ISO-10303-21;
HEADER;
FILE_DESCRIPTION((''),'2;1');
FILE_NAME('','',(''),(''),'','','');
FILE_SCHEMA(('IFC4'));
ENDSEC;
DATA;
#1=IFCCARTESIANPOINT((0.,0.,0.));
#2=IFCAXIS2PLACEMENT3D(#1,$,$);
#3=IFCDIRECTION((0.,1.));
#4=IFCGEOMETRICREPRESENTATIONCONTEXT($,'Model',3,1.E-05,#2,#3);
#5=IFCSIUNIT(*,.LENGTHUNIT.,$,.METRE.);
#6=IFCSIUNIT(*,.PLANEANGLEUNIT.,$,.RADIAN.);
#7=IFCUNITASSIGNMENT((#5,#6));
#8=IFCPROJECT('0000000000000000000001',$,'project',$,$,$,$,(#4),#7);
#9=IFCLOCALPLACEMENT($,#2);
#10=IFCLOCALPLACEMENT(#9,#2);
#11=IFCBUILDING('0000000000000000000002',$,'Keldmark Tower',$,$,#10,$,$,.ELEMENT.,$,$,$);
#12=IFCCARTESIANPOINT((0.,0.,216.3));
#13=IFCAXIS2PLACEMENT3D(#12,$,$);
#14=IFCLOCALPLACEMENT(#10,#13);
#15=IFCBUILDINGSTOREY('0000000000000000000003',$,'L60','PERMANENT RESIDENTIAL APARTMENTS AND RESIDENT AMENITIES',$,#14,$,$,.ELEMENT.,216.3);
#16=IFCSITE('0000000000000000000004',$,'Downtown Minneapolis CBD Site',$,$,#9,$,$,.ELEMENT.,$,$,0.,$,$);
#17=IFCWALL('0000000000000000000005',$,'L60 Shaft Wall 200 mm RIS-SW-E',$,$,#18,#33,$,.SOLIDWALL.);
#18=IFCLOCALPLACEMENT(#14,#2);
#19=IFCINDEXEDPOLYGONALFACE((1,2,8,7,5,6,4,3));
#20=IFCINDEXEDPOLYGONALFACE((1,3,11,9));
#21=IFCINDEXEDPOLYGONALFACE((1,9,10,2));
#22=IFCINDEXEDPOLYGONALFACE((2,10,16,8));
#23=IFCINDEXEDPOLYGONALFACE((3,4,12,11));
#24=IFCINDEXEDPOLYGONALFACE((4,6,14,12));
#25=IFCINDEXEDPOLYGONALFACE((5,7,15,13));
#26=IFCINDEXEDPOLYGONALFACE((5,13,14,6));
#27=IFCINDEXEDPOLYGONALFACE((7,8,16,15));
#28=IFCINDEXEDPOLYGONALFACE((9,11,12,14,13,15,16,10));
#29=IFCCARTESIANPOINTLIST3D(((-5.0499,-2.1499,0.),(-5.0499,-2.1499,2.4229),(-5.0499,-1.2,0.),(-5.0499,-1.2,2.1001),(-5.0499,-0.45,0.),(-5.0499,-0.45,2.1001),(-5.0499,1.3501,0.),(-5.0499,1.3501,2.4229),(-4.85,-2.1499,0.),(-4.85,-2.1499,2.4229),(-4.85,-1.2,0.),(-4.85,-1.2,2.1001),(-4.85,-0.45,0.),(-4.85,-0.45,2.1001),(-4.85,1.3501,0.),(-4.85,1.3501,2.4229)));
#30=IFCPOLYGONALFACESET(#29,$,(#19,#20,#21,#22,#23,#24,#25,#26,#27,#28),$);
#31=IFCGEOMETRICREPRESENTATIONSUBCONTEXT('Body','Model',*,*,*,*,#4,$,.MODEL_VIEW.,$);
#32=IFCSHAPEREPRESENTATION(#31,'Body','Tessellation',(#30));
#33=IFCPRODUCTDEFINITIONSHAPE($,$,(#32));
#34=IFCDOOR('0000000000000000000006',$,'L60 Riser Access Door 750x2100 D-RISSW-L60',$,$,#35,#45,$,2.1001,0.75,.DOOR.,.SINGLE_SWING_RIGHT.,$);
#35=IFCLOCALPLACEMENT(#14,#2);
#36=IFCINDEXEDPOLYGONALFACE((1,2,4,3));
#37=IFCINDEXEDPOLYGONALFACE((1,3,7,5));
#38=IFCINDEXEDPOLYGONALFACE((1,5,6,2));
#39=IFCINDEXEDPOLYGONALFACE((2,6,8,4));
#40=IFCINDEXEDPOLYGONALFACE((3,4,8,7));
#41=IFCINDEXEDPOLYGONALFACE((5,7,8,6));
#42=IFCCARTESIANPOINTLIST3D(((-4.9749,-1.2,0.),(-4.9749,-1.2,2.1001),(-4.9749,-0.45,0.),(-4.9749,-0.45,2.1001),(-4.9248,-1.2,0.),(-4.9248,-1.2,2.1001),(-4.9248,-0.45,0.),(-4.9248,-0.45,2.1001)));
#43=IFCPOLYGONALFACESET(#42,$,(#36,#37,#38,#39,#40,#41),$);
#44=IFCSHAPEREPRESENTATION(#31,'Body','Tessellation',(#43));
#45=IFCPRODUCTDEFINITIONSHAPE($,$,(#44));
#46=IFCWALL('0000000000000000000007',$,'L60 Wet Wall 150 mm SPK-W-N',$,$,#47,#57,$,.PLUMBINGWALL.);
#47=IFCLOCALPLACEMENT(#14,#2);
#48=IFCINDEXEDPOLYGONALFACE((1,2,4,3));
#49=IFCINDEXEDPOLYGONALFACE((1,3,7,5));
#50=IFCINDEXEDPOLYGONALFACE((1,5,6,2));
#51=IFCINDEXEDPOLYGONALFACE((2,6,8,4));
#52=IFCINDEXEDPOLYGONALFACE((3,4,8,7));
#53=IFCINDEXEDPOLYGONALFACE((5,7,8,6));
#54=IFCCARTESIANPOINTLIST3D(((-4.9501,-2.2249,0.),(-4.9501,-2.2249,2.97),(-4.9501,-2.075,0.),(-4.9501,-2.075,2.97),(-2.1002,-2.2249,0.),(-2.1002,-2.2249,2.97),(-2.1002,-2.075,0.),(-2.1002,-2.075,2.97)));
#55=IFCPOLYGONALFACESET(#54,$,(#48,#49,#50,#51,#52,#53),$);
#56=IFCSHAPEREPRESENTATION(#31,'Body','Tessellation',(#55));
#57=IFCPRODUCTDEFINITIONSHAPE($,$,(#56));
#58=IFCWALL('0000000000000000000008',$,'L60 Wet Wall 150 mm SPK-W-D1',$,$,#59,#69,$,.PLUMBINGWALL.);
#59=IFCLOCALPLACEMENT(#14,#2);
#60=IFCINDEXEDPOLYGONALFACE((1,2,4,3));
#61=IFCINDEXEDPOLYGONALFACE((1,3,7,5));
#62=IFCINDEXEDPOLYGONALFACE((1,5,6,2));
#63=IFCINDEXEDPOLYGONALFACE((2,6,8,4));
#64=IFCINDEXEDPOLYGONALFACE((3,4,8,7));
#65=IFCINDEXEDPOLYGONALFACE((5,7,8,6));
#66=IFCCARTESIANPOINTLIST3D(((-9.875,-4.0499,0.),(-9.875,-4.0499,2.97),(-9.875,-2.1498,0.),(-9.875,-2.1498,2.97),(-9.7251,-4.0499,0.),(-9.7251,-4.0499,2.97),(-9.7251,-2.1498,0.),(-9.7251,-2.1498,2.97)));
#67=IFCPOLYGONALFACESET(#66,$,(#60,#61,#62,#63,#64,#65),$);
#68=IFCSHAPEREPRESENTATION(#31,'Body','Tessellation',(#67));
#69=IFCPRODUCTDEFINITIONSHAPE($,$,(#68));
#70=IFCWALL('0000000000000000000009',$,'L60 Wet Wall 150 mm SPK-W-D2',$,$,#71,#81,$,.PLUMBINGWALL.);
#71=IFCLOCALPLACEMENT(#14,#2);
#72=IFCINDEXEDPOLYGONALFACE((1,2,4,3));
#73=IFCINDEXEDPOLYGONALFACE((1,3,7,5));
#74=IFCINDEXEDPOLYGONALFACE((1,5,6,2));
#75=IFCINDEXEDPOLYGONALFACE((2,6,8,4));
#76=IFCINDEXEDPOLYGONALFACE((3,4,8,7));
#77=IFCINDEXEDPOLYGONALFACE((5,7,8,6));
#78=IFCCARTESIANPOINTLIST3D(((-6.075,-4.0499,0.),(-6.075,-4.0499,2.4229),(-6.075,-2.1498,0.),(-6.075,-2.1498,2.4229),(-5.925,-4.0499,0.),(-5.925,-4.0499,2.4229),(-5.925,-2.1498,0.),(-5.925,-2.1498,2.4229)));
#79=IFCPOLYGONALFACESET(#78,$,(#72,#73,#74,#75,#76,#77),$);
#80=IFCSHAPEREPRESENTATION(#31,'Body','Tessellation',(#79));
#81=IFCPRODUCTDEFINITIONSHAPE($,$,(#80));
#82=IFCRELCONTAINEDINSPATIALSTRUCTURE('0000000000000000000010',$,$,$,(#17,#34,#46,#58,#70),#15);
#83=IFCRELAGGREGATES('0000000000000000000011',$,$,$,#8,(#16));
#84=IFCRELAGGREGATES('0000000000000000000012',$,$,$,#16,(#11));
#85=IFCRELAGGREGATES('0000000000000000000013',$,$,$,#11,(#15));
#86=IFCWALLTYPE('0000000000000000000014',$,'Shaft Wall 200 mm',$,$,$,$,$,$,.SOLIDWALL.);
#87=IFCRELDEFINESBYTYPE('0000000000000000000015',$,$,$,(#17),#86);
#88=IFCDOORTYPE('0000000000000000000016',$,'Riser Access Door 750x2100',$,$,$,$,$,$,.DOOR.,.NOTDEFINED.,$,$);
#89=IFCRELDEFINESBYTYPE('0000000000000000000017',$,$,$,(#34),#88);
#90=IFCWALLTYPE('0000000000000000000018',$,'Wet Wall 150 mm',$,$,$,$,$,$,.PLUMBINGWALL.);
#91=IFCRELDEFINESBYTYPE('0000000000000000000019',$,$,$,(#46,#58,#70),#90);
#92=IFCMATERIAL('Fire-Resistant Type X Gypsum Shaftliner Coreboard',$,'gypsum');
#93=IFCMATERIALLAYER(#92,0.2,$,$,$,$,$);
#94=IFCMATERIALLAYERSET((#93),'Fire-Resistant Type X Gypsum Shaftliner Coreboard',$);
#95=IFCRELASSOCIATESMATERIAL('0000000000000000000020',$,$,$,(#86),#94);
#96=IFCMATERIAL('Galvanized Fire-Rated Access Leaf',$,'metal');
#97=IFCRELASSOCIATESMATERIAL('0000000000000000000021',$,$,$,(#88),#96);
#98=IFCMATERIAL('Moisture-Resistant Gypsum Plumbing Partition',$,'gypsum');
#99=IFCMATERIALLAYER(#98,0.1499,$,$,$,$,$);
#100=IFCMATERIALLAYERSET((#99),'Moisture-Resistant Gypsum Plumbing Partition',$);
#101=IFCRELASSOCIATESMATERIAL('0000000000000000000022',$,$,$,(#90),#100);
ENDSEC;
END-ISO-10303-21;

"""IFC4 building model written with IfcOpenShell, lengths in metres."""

from ifc_helpers import new_model, si_unit, direction, frame, frame_2d, origin, place, context, subcontext, project, spatial, rectangle, extrude, material, layer, layer_set, type_object, element, fill, save


model = new_model("IFC4")

# Units and contexts
model_context = context("Model", 3, precision=1e-05, world=origin(), true_north=direction((0.0, 1.0)))
body_context = subcontext(model_context, "Body", "Model", "MODEL_VIEW")
ifc_project = project(units=[si_unit("LENGTHUNIT", "METRE"), si_unit("PLANEANGLEUNIT", "RADIAN")], contexts=[model_context])

# Site, building, storey
site_placement = place(None, origin())
site = spatial("IfcSite", under=ifc_project, at=site_placement, Name="Downtown Minneapolis CBD Site", CompositionType="ELEMENT", RefElevation=0.0)
building_placement = place(site_placement, origin())
building = spatial("IfcBuilding", under=site, at=building_placement, Name="Keldmark Tower", CompositionType="ELEMENT")
storey_placement = place(building_placement, frame((0.0, 0.0, 216.3)))
storey = spatial("IfcBuildingStorey", under=building, at=storey_placement, Name="L60", Description="PERMANENT RESIDENTIAL APARTMENTS AND RESIDENT AMENITIES", CompositionType="ELEMENT", Elevation=216.3)

# Shared definitions
ifc_material_1 = material(Name="Fire-Resistant Type X Gypsum Shaftliner Coreboard", Category="gypsum")
ifc_layer_1 = layer(ifc_material_1, 0.2)
ifc_layer_set_1 = layer_set([ifc_layer_1], Name="Fire-Resistant Type X Gypsum Shaftliner Coreboard")
wall_type_1 = type_object("IfcWallType", Name="Shaft Wall 200 mm", PredefinedType="SOLIDWALL", material=ifc_layer_set_1)

# Wall, opening, door
wall_1_placement = place(storey_placement, frame((-4.95, -2.1499, 0.0), z_axis=(0.0, 0.0, 1.0), x_axis=(0.0, 1.0, 0.0)))
wall_1 = element("IfcWall", 1, at=wall_1_placement, inside=storey, type_object=wall_type_1, Name="L60 Shaft Wall 200 mm RIS-SW-E", PredefinedType="SOLIDWALL", context=body_context, shape_type="SweptSolid", body=[
    extrude(rectangle(XDim=3.5, YDim=0.2, at=frame_2d((1.75, 0.0))), origin(), (0.0, 0.0, 1.0), 2.4229),
])
opening_1_placement = place(wall_1_placement, frame((0.95, 0.0, 0.0)))
opening_1 = element("IfcOpeningElement", 2, at=opening_1_placement, cuts=wall_1, PredefinedType="OPENING", context=body_context, shape_type="SweptSolid", body=[
    extrude(rectangle(XDim=0.75, YDim=2.1001, at=frame_2d((0.375, 1.05))), frame((0.0, 0.1099, 0.0), z_axis=(0.0, -1.0, 0.0), x_axis=(1.0, 0.0, 0.0)), (0.0, 0.0, 1.0), 0.22),
])
ifc_material_2 = material(Name="Galvanized Fire-Rated Access Leaf", Category="metal")
door_type_1 = type_object("IfcDoorType", Name="Riser Access Door 750x2100", OperationType="NOTDEFINED", PredefinedType="DOOR", material=ifc_material_2)
door_1_placement = place(opening_1_placement, origin())
door_1 = element("IfcDoor", 3, at=door_1_placement, inside=storey, type_object=door_type_1, Name="L60 Riser Access Door 750x2100 D-RISSW-L60", OperationType="SINGLE_SWING_RIGHT", OverallHeight=2.1001, OverallWidth=0.75, PredefinedType="DOOR", context=body_context, shape_type="SweptSolid", body=[
    extrude(rectangle(XDim=0.75, YDim=2.1001, at=frame_2d((0.375, 1.05))), frame((0.0, 0.0249, 0.0), z_axis=(0.0, -1.0, 0.0), x_axis=(1.0, 0.0, 0.0)), (0.0, 0.0, 1.0), 0.05),
])
fill(opening_1, door_1)

# Walls
ifc_material_3 = material(Name="Moisture-Resistant Gypsum Plumbing Partition", Category="gypsum")
ifc_layer_2 = layer(ifc_material_3, 0.1499)
ifc_layer_set_2 = layer_set([ifc_layer_2], Name="Moisture-Resistant Gypsum Plumbing Partition")
wall_type_2 = type_object("IfcWallType", Name="Wet Wall 150 mm", PredefinedType="PLUMBINGWALL", material=ifc_layer_set_2)
wall_2_placement = place(storey_placement, frame((-4.95, -2.1499, 0.0), z_axis=(0.0, 0.0, 1.0), x_axis=(1.0, 0.0, 0.0)))
element("IfcWall", 4, at=wall_2_placement, inside=storey, type_object=wall_type_2, Name="L60 Wet Wall 150 mm SPK-W-N", PredefinedType="PLUMBINGWALL", context=body_context, shape_type="SweptSolid", body=[
    extrude(rectangle(XDim=2.8499, YDim=0.1499, at=frame_2d((1.4248, 0.0))), origin(), (0.0, 0.0, 1.0), 2.97),
])
wall_3_placement = place(storey_placement, frame((-9.8, -4.05, 0.0), z_axis=(0.0, 0.0, 1.0), x_axis=(0.0, 1.0, 0.0)))
element("IfcWall", 5, at=wall_3_placement, inside=storey, type_object=wall_type_2, Name="L60 Wet Wall 150 mm SPK-W-D1", PredefinedType="PLUMBINGWALL", context=body_context, shape_type="SweptSolid", body=[
    extrude(rectangle(XDim=1.9001, YDim=0.1499, at=frame_2d((0.9502, 0.0))), origin(), (0.0, 0.0, 1.0), 2.97),
])
wall_4_placement = place(storey_placement, frame((-6.0, -4.05, 0.0), z_axis=(0.0, 0.0, 1.0), x_axis=(0.0, 1.0, 0.0)))
element("IfcWall", 6, at=wall_4_placement, inside=storey, type_object=wall_type_2, Name="L60 Wet Wall 150 mm SPK-W-D2", PredefinedType="PLUMBINGWALL", context=body_context, shape_type="SweptSolid", body=[
    extrude(rectangle(XDim=1.9001, YDim=0.1499, at=frame_2d((0.9502, 0.0))), origin(), (0.0, 0.0, 1.0), 2.4229),
])

save(model, "model.ifc")
